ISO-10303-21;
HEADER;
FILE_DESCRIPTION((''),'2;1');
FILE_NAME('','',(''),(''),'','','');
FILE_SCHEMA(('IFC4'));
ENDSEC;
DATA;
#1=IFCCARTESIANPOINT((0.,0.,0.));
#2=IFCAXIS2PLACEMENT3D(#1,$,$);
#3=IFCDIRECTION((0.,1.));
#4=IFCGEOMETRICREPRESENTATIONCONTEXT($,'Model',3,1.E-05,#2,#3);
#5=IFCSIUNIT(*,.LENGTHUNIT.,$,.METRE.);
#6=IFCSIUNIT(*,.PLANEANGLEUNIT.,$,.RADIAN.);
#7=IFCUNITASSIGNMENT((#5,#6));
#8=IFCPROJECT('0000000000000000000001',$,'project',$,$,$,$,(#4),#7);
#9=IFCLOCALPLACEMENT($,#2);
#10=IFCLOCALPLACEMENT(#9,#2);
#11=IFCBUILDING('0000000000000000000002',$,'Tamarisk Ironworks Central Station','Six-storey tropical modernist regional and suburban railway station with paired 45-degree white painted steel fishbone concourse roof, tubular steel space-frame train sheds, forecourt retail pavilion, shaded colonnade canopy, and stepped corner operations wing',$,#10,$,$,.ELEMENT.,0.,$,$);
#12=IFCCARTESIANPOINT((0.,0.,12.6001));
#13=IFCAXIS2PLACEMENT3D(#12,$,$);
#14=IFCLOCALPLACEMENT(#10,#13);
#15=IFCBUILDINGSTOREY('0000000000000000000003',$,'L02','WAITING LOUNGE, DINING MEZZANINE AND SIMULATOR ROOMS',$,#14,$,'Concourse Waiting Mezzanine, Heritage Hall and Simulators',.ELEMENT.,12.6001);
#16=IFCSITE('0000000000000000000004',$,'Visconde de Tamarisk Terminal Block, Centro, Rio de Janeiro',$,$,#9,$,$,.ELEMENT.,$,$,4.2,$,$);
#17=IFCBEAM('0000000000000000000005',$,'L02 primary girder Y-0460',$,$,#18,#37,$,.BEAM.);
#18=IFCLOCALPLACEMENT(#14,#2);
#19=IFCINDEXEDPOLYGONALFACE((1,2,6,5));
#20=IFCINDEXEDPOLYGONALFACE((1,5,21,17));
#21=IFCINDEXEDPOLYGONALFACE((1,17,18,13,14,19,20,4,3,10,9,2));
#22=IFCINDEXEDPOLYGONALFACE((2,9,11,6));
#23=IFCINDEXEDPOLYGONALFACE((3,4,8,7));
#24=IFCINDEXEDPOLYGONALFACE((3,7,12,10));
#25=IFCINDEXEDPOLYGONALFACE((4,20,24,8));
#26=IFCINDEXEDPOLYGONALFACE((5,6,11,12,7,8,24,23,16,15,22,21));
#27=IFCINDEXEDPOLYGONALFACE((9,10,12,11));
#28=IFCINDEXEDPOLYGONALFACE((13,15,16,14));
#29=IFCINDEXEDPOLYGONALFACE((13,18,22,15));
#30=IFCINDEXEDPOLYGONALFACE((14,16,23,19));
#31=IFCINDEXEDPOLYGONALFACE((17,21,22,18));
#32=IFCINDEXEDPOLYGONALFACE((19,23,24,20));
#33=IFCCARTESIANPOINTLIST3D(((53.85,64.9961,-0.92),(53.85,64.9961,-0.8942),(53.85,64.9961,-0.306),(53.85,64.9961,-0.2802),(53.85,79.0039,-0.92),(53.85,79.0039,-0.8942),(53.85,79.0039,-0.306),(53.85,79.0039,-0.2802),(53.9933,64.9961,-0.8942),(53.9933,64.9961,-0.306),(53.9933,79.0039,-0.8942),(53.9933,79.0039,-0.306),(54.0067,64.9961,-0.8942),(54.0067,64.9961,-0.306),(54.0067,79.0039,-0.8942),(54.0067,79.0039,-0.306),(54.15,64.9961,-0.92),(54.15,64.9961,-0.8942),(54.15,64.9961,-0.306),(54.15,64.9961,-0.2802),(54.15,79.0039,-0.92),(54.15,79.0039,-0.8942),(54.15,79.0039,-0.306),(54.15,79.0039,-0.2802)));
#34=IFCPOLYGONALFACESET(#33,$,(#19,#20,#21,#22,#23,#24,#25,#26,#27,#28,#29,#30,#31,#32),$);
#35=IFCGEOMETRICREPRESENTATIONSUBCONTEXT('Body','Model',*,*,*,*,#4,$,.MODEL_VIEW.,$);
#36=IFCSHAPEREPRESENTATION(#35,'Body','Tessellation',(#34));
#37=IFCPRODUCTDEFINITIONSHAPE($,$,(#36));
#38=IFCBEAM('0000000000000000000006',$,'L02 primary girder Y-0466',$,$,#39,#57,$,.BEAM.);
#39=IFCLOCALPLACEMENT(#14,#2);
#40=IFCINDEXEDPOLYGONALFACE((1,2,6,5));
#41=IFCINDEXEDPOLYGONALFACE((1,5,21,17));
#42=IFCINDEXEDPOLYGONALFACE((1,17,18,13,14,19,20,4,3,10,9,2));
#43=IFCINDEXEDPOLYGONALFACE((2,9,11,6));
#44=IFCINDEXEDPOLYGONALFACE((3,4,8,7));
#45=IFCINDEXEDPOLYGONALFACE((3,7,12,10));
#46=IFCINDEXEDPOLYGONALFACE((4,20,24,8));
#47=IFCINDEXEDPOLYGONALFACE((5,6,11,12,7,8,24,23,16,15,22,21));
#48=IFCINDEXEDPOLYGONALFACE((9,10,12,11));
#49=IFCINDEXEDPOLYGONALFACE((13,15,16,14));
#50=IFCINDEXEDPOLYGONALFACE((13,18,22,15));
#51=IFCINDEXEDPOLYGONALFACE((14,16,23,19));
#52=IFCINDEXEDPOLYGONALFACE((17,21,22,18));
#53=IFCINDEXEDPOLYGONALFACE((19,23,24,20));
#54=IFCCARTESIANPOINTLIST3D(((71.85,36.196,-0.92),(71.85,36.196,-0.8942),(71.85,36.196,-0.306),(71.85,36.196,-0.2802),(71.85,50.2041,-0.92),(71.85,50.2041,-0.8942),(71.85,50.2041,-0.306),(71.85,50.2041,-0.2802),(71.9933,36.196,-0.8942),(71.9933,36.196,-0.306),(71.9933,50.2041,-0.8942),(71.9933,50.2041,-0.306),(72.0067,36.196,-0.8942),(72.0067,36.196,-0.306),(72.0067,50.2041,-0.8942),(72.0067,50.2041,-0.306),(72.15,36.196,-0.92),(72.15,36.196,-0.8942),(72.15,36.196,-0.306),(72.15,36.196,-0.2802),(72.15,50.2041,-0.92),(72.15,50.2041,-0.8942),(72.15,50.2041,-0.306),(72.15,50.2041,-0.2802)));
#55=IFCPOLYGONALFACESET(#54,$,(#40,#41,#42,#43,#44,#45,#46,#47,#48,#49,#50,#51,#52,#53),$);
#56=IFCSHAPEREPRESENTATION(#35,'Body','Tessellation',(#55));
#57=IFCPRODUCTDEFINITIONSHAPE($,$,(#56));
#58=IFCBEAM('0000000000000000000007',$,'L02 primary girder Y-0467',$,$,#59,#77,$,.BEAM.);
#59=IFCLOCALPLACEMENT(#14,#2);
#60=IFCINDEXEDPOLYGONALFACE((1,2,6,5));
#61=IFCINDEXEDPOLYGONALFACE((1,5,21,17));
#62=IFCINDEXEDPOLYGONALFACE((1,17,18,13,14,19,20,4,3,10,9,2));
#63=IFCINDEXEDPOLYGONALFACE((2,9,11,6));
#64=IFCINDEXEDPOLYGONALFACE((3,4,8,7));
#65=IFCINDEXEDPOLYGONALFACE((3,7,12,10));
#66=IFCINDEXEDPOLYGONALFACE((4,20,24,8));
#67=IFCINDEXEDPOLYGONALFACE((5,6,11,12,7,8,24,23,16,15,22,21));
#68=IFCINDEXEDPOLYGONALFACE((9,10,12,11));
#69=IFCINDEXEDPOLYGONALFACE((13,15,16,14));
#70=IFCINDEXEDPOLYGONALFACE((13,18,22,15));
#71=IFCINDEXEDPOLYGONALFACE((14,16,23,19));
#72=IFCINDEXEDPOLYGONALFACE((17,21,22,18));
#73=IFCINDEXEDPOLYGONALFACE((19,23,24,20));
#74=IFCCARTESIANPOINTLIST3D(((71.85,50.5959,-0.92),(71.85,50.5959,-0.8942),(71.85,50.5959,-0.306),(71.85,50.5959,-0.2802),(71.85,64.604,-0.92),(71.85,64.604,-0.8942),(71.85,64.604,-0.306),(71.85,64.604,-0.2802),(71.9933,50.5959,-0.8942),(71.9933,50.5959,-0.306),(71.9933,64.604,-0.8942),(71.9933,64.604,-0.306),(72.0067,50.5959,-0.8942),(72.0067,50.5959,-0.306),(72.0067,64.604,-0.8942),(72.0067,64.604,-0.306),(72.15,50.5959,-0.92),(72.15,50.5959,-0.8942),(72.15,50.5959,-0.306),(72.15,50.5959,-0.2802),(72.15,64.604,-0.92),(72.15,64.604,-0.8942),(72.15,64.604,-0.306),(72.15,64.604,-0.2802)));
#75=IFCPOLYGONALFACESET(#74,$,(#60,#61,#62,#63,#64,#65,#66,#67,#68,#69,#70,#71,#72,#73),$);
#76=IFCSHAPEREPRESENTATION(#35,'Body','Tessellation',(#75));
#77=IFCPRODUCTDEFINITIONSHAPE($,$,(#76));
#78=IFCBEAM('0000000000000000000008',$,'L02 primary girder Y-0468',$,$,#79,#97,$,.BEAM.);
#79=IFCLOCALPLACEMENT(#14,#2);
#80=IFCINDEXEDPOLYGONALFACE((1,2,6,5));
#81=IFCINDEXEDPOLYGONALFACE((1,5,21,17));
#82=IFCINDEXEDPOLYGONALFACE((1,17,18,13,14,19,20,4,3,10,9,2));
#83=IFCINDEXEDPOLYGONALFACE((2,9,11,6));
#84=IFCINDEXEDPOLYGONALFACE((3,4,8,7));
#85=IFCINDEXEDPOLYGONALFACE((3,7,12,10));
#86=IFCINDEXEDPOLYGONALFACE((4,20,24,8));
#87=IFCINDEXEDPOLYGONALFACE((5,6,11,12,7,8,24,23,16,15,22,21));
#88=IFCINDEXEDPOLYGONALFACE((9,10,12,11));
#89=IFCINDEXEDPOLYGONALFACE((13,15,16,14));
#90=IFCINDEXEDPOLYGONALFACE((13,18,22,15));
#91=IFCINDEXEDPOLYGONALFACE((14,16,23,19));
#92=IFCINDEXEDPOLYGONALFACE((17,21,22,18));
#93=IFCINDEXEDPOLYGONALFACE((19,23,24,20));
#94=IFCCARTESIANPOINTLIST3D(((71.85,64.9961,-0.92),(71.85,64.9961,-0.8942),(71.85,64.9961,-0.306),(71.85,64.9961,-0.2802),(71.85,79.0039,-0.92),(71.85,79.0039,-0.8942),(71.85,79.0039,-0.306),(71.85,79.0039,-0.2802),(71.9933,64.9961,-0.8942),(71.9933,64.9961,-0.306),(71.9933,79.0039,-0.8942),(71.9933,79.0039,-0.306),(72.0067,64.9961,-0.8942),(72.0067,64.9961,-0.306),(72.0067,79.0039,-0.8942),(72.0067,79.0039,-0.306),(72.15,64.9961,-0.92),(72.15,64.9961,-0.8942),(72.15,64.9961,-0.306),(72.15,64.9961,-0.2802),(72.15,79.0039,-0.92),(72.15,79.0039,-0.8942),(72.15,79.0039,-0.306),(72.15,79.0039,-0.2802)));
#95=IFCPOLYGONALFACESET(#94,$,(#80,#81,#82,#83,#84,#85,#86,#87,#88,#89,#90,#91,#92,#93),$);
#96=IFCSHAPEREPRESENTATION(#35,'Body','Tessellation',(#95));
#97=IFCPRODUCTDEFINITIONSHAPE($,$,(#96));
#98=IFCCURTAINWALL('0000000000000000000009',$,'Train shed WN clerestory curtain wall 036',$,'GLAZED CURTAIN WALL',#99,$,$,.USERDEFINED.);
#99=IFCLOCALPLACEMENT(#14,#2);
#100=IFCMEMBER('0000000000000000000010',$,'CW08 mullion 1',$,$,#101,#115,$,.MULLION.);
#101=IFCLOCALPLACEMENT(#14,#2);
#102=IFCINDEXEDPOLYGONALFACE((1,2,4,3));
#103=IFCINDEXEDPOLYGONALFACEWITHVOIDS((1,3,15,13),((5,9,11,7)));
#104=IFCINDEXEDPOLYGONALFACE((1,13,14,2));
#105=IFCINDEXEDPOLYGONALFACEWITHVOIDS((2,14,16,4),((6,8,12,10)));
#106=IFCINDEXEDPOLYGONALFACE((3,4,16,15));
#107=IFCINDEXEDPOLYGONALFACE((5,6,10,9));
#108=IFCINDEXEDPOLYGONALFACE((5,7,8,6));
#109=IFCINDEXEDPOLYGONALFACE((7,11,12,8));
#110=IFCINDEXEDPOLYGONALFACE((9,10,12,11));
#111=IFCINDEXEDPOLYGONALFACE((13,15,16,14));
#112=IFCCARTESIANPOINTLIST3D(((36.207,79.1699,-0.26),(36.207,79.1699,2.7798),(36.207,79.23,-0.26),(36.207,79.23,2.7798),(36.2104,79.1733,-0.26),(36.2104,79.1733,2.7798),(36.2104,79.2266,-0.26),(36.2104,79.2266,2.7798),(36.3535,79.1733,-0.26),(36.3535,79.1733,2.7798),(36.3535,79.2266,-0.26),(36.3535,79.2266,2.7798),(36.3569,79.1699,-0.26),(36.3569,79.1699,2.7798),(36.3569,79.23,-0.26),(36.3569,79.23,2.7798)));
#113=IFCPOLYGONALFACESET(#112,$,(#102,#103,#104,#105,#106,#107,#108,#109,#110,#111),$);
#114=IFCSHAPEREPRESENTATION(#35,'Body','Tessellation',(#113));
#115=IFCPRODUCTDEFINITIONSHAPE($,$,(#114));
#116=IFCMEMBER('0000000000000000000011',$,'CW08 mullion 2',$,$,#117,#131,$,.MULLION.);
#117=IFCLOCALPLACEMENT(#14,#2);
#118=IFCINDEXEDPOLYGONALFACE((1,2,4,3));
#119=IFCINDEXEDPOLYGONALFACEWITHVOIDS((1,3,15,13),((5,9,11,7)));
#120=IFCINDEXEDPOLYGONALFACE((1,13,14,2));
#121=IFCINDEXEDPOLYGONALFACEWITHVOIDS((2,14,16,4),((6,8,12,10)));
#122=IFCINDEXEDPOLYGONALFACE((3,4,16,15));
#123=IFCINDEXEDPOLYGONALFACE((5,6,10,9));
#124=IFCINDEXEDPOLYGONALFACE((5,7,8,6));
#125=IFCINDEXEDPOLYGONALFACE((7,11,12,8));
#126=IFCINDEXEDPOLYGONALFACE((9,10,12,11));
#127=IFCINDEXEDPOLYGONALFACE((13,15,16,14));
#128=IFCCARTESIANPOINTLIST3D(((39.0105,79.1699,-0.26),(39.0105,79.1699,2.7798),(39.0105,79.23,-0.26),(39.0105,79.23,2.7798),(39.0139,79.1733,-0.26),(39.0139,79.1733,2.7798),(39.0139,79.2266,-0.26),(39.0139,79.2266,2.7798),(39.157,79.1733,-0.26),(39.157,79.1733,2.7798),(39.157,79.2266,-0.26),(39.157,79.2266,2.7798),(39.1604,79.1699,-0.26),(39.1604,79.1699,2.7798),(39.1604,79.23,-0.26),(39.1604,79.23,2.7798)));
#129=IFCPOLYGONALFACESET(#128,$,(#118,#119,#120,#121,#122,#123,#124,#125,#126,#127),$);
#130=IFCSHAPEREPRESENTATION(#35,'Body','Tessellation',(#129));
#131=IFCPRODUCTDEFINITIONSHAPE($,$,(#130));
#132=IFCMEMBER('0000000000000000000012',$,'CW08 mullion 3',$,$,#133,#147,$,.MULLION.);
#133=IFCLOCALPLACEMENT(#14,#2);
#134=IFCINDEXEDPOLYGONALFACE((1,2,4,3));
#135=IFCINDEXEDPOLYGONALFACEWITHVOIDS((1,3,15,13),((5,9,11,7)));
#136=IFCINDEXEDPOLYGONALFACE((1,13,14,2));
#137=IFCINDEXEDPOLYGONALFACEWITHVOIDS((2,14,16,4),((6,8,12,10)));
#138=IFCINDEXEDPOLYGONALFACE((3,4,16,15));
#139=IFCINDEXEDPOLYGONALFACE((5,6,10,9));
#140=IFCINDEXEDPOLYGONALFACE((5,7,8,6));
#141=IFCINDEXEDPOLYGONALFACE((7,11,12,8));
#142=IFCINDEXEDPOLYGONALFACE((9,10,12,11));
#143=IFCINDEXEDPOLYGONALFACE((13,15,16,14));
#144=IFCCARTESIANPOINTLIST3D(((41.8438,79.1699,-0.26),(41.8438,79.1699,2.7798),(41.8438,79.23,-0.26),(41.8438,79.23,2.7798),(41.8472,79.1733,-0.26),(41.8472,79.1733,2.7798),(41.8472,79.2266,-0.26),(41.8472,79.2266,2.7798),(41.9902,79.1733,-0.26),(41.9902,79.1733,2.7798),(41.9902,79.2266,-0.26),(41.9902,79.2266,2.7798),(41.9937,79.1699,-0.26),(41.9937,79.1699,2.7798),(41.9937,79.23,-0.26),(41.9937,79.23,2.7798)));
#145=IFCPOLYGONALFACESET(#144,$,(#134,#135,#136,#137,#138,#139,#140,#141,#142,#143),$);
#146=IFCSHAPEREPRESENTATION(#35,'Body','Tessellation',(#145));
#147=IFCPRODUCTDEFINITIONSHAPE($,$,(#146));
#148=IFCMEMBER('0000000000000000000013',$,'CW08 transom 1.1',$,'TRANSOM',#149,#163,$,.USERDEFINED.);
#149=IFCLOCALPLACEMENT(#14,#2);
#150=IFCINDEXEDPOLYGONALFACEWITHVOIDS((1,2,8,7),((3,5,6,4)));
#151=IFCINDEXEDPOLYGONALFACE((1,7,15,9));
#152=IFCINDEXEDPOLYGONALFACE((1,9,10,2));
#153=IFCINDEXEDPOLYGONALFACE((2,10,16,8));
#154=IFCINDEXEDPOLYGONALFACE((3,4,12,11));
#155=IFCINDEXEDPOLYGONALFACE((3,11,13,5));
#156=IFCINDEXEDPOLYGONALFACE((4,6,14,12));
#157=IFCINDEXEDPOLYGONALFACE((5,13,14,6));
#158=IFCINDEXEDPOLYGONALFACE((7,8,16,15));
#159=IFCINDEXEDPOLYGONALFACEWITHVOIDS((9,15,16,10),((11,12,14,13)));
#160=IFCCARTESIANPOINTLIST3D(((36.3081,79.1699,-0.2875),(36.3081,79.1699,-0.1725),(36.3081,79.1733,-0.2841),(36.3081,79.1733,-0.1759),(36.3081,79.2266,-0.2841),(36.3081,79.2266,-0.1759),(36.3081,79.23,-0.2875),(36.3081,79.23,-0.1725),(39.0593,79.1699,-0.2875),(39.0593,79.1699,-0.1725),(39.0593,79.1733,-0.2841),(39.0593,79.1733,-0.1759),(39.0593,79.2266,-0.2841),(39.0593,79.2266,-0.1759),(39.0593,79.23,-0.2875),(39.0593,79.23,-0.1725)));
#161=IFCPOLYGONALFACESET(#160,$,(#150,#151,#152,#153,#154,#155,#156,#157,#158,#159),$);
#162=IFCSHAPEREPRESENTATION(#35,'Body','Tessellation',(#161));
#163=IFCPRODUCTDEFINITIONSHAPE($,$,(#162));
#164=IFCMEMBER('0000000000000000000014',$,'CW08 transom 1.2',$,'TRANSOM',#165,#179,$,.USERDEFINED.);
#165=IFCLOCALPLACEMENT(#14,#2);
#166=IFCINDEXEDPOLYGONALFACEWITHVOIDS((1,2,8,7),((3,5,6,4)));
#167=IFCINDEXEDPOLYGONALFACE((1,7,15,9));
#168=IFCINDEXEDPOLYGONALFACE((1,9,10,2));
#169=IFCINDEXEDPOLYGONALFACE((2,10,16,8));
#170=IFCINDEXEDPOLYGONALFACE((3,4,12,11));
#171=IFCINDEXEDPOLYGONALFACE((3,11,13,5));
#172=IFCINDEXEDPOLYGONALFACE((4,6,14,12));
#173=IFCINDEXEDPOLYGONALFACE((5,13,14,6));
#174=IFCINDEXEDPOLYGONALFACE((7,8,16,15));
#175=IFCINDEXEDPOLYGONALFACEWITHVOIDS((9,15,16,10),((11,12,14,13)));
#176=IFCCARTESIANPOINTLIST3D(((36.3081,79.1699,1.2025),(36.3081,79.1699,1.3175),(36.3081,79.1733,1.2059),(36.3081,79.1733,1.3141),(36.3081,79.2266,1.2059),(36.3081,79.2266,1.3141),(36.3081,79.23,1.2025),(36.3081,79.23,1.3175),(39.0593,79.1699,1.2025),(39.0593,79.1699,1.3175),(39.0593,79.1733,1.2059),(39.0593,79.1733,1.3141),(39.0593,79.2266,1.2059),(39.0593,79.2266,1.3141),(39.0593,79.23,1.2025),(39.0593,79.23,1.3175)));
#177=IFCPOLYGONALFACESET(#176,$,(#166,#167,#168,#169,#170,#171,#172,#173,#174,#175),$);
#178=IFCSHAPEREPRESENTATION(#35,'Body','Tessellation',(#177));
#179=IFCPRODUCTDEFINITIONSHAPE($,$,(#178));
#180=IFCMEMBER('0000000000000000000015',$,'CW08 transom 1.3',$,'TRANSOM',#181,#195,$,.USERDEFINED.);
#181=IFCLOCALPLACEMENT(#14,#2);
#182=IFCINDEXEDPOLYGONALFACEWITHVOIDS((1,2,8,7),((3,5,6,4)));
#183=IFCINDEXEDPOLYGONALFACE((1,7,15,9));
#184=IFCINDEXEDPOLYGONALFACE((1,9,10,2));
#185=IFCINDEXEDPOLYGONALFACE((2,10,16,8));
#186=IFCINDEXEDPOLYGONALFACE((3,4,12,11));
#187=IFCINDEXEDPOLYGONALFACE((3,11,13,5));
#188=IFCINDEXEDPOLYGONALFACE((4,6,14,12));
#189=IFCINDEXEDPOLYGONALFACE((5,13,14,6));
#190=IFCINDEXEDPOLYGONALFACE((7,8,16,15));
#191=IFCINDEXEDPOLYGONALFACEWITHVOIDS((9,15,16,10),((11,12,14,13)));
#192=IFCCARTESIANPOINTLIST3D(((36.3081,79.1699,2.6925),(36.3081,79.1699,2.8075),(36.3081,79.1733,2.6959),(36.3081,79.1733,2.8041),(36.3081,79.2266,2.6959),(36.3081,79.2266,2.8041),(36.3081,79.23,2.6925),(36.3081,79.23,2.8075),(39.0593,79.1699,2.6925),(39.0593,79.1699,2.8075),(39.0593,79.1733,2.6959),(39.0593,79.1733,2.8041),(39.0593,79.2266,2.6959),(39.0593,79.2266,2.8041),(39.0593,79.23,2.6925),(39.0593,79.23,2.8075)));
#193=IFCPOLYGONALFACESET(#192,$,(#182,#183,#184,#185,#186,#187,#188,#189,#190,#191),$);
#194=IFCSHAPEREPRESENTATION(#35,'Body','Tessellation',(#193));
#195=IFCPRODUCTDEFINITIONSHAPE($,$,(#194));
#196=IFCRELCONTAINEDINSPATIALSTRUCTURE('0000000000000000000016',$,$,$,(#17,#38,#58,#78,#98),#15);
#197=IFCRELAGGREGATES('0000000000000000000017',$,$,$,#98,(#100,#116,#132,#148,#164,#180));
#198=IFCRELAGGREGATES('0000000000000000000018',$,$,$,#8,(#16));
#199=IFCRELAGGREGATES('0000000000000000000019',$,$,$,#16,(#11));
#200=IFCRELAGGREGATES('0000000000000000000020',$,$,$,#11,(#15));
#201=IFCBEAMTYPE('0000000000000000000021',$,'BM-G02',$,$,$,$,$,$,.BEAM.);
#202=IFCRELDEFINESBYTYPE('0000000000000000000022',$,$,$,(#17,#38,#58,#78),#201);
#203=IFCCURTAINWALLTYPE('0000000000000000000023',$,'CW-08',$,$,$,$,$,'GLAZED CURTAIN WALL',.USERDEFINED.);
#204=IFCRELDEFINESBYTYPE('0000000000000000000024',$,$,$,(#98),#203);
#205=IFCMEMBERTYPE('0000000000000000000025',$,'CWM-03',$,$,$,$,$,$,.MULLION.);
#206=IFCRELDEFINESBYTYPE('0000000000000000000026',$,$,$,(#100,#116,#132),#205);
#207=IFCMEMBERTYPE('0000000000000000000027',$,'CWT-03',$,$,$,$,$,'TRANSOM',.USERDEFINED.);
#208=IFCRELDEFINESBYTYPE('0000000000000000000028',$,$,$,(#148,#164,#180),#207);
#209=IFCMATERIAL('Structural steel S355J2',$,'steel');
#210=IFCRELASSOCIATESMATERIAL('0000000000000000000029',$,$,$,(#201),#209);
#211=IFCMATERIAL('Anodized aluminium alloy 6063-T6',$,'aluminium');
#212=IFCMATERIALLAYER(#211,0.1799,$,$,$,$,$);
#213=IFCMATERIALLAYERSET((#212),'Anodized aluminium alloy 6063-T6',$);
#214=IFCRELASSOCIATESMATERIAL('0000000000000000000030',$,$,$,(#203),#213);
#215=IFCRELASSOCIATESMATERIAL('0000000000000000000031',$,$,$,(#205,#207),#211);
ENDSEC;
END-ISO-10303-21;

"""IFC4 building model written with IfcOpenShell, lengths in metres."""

from ifc_helpers import new_model, si_unit, direction, frame, origin, origin_2d, place, context, subcontext, project, spatial, hollow_rectangle, i_section, extrude, material, layer, layer_set, material_profile, profile_set, type_object, element, aggregate, save


model = new_model("IFC4")

# Units and contexts
model_context = context("Model", 3, precision=1e-05, world=origin(), true_north=direction((0.0, 1.0)))
body_context = subcontext(model_context, "Body", "Model", "MODEL_VIEW")
ifc_project = project(units=[si_unit("LENGTHUNIT", "METRE"), si_unit("PLANEANGLEUNIT", "RADIAN")], contexts=[model_context])

# Site, building, storey
site_placement = place(None, origin())
site = spatial("IfcSite", under=ifc_project, at=site_placement, Name="Visconde de Tamarisk Terminal Block, Centro, Rio de Janeiro", CompositionType="ELEMENT", RefElevation=4.2)
building_placement = place(site_placement, origin())
building = spatial("IfcBuilding", under=site, at=building_placement, Name="Tamarisk Ironworks Central Station", Description="Six-storey tropical modernist regional and suburban railway station with paired 45-degree white painted steel fishbone concourse roof, tubular steel space-frame train sheds, forecourt retail pavilion, shaded colonnade canopy, and stepped corner operations wing", CompositionType="ELEMENT", ElevationOfRefHeight=0.0)
storey_placement = place(building_placement, frame((0.0, 0.0, 12.6001)))
storey = spatial("IfcBuildingStorey", under=building, at=storey_placement, Name="L02", Description="WAITING LOUNGE, DINING MEZZANINE AND SIMULATOR ROOMS", LongName="Concourse Waiting Mezzanine, Heritage Hall and Simulators", CompositionType="ELEMENT", Elevation=12.6001)

# Shared definitions
ifc_material_1 = material(Name="Structural steel S355J2", Category="steel")

# Beams
ifc_material_profile_1 = material_profile(ifc_material_1, i_section(OverallWidth=0.3, OverallDepth=0.6399, WebThickness=0.0134, FlangeThickness=0.0259, at=origin_2d()), Name="HEA 650")
ifc_profile_set_1 = profile_set([ifc_material_profile_1], Name="Structural steel S355J2")
beam_type = type_object("IfcBeamType", Name="BM-G02", PredefinedType="BEAM", material=ifc_profile_set_1)
beam_1_placement = place(storey_placement, frame((54.0, 64.9961, -0.6001), z_axis=(0.0, 1.0, 0.0), x_axis=(-1.0, 0.0, 0.0)))
element("IfcBeam", 1, at=beam_1_placement, inside=storey, type_object=beam_type, Name="L02 primary girder Y-0460", PredefinedType="BEAM", context=body_context, shape_type="SweptSolid", body=[
    extrude(i_section(OverallWidth=0.3, OverallDepth=0.6399, WebThickness=0.0134, FlangeThickness=0.0259, at=origin_2d()), origin(), (0.0, 0.0, 1.0), 14.0078),
])
for number, where, z_axis, x_axis, name in (
    (2, (72.0, 36.196, -0.6001), (0.0, 1.0, 0.0), (-1.0, 0.0, 0.0), "L02 primary girder Y-0466"),
    (3, (72.0, 50.5959, -0.6001), (0.0, 1.0, 0.0), (-1.0, 0.0, 0.0), "L02 primary girder Y-0467"),
):
    element("IfcBeam", number, at=place(storey_placement, frame(where, z_axis=z_axis, x_axis=x_axis)), inside=storey, type_object=beam_type, Name=name, PredefinedType="BEAM", context=body_context, shape_type="SweptSolid", body=[
        extrude(i_section(OverallWidth=0.3, OverallDepth=0.6399, WebThickness=0.0134, FlangeThickness=0.0259, at=origin_2d()), origin(), (0.0, 0.0, 1.0), 14.0081),
    ])
beam_2_placement = place(storey_placement, frame((72.0, 64.9961, -0.6001), z_axis=(0.0, 1.0, 0.0), x_axis=(-1.0, 0.0, 0.0)))
element("IfcBeam", 4, at=beam_2_placement, inside=storey, type_object=beam_type, Name="L02 primary girder Y-0468", PredefinedType="BEAM", context=body_context, shape_type="SweptSolid", body=[
    extrude(i_section(OverallWidth=0.3, OverallDepth=0.6399, WebThickness=0.0134, FlangeThickness=0.0259, at=origin_2d()), origin(), (0.0, 0.0, 1.0), 14.0078),
])

# Curtain wall, members
ifc_material_2 = material(Name="Anodized aluminium alloy 6063-T6", Category="aluminium")
ifc_layer_1 = layer(ifc_material_2, 0.1799)
ifc_layer_set_1 = layer_set([ifc_layer_1], Name="Anodized aluminium alloy 6063-T6")
curtain_wall_type = type_object("IfcCurtainWallType", Name="CW-08", ElementType="GLAZED CURTAIN WALL", PredefinedType="USERDEFINED", material=ifc_layer_set_1)
curtain_wall_placement = place(storey_placement, origin())
curtain_wall = element("IfcCurtainWall", 5, at=curtain_wall_placement, inside=storey, type_object=curtain_wall_type, Name="Train shed WN clerestory curtain wall 036", ObjectType="GLAZED CURTAIN WALL", PredefinedType="USERDEFINED")
ifc_material_profile_2 = material_profile(ifc_material_2, hollow_rectangle(XDim=0.0601, YDim=0.1499, WallThickness=0.0034, at=origin_2d()), Name="ALUM 150x60")
ifc_profile_set_2 = profile_set([ifc_material_profile_2], Name="Anodized aluminium alloy 6063-T6")
member_type_1 = type_object("IfcMemberType", Name="CWM-03", PredefinedType="MULLION", material=ifc_profile_set_2)
member_1_placement = place(storey_placement, frame((36.282, 79.2, -0.26), z_axis=(0.0, 0.0, 1.0), x_axis=(0.0, 1.0, 0.0)))
member_1 = element("IfcMember", 6, at=member_1_placement, type_object=member_type_1, Name="CW08 mullion 1", PredefinedType="MULLION", context=body_context, shape_type="SweptSolid", body=[
    extrude(hollow_rectangle(XDim=0.0601, YDim=0.1499, WallThickness=0.0034, at=origin_2d()), origin(), (0.0, 0.0, 1.0), 3.0398),
])
member_2_placement = place(storey_placement, frame((39.0854, 79.2, -0.26), z_axis=(0.0, 0.0, 1.0), x_axis=(0.0, 1.0, 0.0)))
member_2 = element("IfcMember", 7, at=member_2_placement, type_object=member_type_1, Name="CW08 mullion 2", PredefinedType="MULLION", context=body_context, shape_type="SweptSolid", body=[
    extrude(hollow_rectangle(XDim=0.0601, YDim=0.1499, WallThickness=0.0034, at=origin_2d()), origin(), (0.0, 0.0, 1.0), 3.0398),
])
member_3_placement = place(storey_placement, frame((41.9187, 79.2, -0.26), z_axis=(0.0, 0.0, 1.0), x_axis=(0.0, 1.0, 0.0)))
member_3 = element("IfcMember", 8, at=member_3_placement, type_object=member_type_1, Name="CW08 mullion 3", PredefinedType="MULLION", context=body_context, shape_type="SweptSolid", body=[
    extrude(hollow_rectangle(XDim=0.0601, YDim=0.1499, WallThickness=0.0034, at=origin_2d()), origin(), (0.0, 0.0, 1.0), 3.0398),
])
ifc_material_profile_3 = material_profile(ifc_material_2, hollow_rectangle(XDim=0.0601, YDim=0.115, WallThickness=0.0034, at=origin_2d()), Name="ALUM 115x60")
ifc_profile_set_3 = profile_set([ifc_material_profile_3], Name="Anodized aluminium alloy 6063-T6")
member_type_2 = type_object("IfcMemberType", Name="CWT-03", ElementType="TRANSOM", PredefinedType="USERDEFINED", material=ifc_profile_set_3)
member_4_placement = place(storey_placement, frame((36.3081, 79.2, -0.23), z_axis=(1.0, 0.0, 0.0), x_axis=(0.0, 1.0, 0.0)))
member_4 = element("IfcMember", 9, at=member_4_placement, type_object=member_type_2, Name="CW08 transom 1.1", ObjectType="TRANSOM", PredefinedType="USERDEFINED", context=body_context, shape_type="SweptSolid", body=[
    extrude(hollow_rectangle(XDim=0.0601, YDim=0.115, WallThickness=0.0034, at=origin_2d()), origin(), (0.0, 0.0, 1.0), 2.7512),
])
member_5_placement = place(storey_placement, frame((36.3081, 79.2, 1.26), z_axis=(1.0, 0.0, 0.0), x_axis=(0.0, 1.0, 0.0)))
member_5 = element("IfcMember", 10, at=member_5_placement, type_object=member_type_2, Name="CW08 transom 1.2", ObjectType="TRANSOM", PredefinedType="USERDEFINED", context=body_context, shape_type="SweptSolid", body=[
    extrude(hollow_rectangle(XDim=0.0601, YDim=0.115, WallThickness=0.0034, at=origin_2d()), origin(), (0.0, 0.0, 1.0), 2.7512),
])
member_6_placement = place(storey_placement, frame((36.3081, 79.2, 2.75), z_axis=(1.0, 0.0, 0.0), x_axis=(0.0, 1.0, 0.0)))
member_6 = element("IfcMember", 11, at=member_6_placement, type_object=member_type_2, Name="CW08 transom 1.3", ObjectType="TRANSOM", PredefinedType="USERDEFINED", context=body_context, shape_type="SweptSolid", body=[
    extrude(hollow_rectangle(XDim=0.0601, YDim=0.115, WallThickness=0.0034, at=origin_2d()), origin(), (0.0, 0.0, 1.0), 2.7512),
])
aggregate(curtain_wall, [member_1, member_2, member_3, member_4, member_5, member_6])

save(model, "model.ifc")
